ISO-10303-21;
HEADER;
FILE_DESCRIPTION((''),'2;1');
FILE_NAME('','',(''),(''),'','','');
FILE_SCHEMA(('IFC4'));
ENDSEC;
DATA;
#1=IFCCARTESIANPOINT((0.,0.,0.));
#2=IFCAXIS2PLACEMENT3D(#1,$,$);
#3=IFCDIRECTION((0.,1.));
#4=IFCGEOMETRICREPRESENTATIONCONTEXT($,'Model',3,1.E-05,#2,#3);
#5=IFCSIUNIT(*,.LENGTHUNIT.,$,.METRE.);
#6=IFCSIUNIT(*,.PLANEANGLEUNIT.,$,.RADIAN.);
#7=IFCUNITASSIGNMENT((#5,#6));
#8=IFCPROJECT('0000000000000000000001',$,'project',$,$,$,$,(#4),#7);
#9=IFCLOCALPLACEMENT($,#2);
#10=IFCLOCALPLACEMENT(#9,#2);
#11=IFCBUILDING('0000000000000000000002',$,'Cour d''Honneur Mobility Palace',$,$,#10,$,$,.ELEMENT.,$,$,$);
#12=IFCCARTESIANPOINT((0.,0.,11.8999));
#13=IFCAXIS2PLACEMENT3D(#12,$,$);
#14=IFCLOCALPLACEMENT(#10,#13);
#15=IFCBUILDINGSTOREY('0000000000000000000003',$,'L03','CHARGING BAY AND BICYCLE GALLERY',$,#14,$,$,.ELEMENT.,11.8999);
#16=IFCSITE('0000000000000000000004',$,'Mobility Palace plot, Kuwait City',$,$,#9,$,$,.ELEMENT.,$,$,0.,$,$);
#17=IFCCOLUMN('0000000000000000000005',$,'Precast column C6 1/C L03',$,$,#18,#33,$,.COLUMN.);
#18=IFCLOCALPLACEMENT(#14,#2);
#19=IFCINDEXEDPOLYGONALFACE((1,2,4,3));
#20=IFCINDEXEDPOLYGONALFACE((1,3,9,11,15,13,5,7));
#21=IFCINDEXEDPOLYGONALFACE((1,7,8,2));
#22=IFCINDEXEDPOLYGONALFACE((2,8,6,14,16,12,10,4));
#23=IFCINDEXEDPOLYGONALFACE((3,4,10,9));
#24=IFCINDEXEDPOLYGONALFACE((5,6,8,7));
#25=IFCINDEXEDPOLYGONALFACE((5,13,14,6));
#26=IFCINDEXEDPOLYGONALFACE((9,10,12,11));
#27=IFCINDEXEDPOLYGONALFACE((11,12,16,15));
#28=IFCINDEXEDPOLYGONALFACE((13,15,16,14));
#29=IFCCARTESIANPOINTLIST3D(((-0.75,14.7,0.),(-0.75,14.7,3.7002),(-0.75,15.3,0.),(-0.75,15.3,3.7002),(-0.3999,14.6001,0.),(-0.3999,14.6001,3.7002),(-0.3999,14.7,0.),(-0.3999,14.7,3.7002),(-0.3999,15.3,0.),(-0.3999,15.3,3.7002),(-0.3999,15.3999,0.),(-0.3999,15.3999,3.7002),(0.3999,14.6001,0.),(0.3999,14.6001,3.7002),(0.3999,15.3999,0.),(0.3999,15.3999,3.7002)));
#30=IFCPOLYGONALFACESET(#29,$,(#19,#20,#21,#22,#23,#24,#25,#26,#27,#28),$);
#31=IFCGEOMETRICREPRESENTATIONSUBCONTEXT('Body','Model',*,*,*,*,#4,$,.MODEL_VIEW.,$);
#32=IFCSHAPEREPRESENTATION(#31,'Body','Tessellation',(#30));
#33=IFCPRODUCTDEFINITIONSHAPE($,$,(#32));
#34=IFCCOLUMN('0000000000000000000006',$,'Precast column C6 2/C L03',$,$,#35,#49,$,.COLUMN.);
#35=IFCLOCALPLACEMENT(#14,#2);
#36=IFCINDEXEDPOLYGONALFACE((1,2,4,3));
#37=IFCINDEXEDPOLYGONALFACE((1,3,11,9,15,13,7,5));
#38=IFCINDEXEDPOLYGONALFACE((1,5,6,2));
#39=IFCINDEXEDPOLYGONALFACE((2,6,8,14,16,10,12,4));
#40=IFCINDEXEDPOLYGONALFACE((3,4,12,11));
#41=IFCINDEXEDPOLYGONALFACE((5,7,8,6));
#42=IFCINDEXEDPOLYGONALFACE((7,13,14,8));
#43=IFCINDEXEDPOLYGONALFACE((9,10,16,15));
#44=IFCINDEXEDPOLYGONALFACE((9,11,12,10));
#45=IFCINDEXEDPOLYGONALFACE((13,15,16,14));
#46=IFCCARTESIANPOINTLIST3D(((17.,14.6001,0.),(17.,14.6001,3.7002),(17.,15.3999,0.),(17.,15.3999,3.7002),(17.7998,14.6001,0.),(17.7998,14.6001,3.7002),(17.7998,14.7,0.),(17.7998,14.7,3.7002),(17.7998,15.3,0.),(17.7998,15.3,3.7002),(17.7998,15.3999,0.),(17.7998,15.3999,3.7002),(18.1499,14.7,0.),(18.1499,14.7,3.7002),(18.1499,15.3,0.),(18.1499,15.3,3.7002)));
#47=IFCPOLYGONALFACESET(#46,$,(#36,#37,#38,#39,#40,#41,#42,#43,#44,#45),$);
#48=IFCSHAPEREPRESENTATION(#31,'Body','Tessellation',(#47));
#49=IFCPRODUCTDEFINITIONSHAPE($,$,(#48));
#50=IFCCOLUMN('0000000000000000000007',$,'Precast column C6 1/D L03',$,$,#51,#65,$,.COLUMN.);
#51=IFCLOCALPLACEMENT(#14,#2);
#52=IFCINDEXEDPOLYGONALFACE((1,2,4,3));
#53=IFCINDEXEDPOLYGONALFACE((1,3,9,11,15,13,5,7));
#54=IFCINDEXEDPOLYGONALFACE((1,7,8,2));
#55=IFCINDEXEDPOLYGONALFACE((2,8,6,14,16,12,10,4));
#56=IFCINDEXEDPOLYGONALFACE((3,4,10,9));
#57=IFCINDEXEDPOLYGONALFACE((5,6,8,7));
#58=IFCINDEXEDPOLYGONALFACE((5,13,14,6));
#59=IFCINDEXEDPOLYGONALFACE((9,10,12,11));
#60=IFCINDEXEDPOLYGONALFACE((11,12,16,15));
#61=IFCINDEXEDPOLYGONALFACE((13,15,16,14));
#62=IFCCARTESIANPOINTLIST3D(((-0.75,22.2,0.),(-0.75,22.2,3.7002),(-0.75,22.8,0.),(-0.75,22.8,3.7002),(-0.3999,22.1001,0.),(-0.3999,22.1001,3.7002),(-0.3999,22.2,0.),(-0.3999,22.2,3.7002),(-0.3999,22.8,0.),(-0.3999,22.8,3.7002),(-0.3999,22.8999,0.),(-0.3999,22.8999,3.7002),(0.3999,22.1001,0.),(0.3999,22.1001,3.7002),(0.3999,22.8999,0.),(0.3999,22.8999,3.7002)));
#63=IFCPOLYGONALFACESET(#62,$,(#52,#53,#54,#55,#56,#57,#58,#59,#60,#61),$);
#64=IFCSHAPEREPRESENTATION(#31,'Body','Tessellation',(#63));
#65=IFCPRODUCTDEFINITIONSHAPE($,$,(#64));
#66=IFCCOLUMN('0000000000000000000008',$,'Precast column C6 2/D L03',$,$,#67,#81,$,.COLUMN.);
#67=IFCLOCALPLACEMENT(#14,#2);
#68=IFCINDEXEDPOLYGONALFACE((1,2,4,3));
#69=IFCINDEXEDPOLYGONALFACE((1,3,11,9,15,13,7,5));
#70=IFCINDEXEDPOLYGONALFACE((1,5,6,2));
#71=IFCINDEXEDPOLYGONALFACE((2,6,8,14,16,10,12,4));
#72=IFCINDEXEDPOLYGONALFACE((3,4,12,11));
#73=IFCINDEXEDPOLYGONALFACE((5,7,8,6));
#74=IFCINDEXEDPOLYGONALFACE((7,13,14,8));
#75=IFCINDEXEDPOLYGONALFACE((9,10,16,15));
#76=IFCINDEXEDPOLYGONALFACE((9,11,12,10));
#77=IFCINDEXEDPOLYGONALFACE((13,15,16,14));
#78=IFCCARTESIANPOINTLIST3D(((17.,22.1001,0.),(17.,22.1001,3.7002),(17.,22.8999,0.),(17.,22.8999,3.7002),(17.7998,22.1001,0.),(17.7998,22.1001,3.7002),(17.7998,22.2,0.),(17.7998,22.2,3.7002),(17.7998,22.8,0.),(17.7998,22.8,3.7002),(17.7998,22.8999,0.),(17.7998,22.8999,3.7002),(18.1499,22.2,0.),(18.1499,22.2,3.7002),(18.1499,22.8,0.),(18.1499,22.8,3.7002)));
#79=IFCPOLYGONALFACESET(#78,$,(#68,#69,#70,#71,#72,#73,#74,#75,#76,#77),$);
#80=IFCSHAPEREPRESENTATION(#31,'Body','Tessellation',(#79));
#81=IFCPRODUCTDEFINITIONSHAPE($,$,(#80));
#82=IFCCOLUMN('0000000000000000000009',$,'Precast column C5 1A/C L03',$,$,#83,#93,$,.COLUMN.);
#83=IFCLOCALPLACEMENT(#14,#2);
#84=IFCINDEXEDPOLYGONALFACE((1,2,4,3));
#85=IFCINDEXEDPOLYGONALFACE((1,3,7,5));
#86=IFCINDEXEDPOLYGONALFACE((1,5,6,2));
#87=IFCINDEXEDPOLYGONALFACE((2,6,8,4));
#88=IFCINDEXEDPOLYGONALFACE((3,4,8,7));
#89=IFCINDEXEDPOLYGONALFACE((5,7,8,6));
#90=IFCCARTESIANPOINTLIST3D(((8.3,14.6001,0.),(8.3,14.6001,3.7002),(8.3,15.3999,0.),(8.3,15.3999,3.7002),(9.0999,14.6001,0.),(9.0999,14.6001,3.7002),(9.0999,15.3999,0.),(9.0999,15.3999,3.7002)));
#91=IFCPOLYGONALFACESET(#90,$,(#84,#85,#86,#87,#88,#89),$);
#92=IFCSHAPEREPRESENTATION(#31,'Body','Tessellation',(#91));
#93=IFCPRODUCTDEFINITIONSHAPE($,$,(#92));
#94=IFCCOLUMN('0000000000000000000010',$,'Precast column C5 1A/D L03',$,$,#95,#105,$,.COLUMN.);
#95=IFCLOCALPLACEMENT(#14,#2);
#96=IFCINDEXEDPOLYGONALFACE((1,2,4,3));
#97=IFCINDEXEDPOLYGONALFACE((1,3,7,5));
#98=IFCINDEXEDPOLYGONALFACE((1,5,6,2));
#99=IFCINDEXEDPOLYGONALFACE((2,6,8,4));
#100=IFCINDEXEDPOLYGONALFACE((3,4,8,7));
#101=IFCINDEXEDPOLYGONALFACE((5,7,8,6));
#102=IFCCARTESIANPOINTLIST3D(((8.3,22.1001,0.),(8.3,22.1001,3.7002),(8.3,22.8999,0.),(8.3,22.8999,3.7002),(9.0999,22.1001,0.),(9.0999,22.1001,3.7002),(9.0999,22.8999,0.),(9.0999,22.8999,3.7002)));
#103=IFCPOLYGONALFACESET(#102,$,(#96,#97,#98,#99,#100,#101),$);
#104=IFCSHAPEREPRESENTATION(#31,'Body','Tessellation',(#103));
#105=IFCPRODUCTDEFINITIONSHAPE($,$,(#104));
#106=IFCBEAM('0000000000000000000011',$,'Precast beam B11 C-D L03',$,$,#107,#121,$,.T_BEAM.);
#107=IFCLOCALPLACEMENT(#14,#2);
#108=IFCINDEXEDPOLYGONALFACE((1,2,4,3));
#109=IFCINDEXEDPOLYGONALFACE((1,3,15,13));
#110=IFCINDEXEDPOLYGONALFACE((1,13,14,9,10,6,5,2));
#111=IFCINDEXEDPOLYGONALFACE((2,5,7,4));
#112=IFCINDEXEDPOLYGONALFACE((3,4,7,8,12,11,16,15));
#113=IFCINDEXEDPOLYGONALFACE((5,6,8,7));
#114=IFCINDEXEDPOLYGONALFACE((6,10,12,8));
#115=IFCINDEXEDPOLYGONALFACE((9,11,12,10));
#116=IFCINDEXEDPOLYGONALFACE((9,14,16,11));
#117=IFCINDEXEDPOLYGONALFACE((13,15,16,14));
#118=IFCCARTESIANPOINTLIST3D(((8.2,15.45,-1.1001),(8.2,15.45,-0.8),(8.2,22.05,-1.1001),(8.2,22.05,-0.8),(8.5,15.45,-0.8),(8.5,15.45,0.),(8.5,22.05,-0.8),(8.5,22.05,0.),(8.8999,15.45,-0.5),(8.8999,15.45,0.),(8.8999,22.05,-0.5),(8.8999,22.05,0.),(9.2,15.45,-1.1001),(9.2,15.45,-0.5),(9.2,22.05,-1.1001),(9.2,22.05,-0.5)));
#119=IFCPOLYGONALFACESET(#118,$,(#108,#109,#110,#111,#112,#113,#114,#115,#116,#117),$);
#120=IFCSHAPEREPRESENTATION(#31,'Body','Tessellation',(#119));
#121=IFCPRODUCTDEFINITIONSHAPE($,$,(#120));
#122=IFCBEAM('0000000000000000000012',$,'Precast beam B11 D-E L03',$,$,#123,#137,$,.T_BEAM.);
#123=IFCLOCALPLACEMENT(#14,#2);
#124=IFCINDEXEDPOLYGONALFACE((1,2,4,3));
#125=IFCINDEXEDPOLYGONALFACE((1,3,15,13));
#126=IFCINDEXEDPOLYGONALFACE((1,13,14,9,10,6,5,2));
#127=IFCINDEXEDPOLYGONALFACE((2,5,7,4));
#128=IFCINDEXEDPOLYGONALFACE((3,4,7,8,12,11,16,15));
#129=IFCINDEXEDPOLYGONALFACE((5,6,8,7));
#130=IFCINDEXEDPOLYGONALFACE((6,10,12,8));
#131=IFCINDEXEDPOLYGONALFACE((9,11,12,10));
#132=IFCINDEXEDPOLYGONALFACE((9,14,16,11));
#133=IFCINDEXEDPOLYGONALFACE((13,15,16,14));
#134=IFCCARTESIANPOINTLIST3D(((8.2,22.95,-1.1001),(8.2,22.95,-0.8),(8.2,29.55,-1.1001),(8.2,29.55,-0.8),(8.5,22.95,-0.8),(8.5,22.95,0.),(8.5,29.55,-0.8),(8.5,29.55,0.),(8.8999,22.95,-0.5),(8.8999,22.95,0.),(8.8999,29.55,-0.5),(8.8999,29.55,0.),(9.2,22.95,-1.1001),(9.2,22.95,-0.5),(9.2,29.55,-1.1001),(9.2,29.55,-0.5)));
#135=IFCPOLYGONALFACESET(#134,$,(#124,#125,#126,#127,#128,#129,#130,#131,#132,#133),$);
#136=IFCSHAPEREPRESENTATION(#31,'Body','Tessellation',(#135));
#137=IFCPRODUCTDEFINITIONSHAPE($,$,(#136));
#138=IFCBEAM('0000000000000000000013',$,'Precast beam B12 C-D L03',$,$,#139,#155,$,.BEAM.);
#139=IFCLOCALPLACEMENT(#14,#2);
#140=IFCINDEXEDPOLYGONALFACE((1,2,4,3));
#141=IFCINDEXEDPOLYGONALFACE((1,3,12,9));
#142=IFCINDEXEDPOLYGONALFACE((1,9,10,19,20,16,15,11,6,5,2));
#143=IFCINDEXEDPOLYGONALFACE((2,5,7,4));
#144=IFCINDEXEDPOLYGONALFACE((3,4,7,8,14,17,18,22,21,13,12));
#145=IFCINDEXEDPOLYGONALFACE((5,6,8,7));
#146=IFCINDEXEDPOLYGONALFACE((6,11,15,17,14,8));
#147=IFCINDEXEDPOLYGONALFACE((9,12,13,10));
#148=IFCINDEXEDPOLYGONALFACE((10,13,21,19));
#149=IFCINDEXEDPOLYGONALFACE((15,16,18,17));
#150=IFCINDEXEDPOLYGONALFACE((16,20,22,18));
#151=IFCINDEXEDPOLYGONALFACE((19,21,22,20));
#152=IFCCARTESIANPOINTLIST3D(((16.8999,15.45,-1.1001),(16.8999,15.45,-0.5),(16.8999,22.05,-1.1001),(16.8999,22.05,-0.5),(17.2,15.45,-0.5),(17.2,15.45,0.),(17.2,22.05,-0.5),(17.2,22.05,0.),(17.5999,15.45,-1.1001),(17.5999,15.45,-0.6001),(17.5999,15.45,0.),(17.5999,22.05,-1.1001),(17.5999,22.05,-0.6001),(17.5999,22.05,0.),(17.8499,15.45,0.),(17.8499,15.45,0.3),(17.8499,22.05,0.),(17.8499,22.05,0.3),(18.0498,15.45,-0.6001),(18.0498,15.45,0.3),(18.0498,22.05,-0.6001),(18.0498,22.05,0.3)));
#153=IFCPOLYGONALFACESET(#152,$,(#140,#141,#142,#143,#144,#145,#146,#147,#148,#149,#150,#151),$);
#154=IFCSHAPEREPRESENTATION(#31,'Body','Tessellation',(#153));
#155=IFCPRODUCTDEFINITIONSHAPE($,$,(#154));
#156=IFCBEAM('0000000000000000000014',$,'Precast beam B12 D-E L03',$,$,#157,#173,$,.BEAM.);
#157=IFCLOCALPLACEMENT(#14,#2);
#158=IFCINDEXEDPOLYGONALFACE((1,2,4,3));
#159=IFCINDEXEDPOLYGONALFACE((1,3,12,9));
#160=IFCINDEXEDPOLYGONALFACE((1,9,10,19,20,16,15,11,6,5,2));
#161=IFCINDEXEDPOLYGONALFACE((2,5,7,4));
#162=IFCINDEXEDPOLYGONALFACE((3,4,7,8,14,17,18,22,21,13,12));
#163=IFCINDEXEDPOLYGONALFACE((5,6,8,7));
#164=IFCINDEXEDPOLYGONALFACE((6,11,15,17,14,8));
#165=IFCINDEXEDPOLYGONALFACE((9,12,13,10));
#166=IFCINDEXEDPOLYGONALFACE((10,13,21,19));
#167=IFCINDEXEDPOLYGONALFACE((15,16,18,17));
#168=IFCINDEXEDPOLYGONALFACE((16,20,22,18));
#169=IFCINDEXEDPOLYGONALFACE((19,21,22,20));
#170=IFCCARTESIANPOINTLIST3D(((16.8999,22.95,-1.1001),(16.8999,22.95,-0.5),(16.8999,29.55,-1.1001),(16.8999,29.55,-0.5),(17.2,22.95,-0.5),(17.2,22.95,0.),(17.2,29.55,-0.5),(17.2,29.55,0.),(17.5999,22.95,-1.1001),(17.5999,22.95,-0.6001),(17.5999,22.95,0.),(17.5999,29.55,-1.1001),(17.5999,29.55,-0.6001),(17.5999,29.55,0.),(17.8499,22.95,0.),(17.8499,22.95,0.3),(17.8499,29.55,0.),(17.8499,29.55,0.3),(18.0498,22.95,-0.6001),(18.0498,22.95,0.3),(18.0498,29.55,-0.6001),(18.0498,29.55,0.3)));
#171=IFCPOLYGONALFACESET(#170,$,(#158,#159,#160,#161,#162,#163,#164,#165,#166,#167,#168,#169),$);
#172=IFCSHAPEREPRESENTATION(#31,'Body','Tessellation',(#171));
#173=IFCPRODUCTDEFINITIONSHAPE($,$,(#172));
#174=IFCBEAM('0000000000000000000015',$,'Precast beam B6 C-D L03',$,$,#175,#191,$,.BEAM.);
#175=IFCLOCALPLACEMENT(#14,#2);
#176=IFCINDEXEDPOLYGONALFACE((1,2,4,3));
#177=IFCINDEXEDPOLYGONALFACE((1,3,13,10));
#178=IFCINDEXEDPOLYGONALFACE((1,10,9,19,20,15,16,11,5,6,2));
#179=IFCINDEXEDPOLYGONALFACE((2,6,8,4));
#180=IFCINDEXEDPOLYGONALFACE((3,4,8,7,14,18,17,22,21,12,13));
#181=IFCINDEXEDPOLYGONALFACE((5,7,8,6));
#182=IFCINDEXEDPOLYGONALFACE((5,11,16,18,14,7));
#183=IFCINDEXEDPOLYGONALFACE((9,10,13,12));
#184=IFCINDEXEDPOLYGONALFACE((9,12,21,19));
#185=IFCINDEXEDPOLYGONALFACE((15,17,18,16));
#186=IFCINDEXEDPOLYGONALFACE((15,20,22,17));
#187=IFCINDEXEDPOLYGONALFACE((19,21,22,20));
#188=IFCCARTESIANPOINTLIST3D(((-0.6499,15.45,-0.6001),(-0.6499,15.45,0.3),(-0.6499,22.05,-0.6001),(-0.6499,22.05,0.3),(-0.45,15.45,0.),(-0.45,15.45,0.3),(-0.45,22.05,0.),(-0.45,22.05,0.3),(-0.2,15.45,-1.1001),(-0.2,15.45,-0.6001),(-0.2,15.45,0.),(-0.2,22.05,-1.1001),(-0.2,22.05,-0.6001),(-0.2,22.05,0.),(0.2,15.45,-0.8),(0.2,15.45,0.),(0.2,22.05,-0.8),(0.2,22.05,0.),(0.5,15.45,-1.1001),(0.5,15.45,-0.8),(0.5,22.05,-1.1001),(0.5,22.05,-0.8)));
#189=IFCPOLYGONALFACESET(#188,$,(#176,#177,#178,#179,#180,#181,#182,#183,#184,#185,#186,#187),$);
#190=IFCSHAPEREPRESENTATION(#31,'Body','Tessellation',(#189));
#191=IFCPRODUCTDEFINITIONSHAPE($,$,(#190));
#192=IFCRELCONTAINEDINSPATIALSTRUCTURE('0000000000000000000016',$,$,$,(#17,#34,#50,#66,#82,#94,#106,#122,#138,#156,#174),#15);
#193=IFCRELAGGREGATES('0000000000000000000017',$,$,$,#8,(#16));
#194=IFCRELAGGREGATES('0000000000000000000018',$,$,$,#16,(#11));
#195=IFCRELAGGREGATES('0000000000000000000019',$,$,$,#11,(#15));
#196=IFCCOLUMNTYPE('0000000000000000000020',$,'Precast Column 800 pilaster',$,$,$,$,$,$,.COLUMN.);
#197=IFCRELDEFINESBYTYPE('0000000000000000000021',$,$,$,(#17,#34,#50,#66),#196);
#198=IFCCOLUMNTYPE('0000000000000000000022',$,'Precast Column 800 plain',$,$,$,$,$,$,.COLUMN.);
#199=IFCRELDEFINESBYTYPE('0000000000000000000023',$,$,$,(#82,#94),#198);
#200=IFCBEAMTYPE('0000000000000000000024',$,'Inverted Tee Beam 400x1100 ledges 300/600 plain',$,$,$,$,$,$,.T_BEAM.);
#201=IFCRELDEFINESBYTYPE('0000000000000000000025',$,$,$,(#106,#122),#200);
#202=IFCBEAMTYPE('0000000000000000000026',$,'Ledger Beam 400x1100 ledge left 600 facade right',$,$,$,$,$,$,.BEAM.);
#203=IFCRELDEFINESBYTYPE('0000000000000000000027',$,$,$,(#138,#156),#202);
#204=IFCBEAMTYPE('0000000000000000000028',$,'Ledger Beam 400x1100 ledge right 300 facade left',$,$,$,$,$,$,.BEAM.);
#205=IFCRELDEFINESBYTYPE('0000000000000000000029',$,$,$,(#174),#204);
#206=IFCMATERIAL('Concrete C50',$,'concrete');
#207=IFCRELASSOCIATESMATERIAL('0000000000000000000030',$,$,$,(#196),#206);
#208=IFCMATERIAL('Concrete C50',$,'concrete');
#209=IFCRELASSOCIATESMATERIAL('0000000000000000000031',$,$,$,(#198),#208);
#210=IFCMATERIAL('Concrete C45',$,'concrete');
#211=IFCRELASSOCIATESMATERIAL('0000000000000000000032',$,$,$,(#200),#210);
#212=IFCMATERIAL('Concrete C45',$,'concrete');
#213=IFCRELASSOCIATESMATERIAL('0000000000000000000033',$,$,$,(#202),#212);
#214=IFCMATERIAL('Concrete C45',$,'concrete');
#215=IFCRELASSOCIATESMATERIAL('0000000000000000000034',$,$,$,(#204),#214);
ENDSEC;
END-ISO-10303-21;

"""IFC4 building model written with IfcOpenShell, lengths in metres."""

from ifc_helpers import new_model, si_unit, direction, frame, origin, place, context, subcontext, project, spatial, polyline, outline, extrude, material, material_profile, profile_set, type_object, element, save


model = new_model("IFC4")

# Units and contexts
model_context = context("Model", 3, precision=1e-05, world=origin(), true_north=direction((0.0, 1.0)))
body_context = subcontext(model_context, "Body", "Model", "MODEL_VIEW")
ifc_project = project(units=[si_unit("LENGTHUNIT", "METRE"), si_unit("PLANEANGLEUNIT", "RADIAN")], contexts=[model_context])

# Site, building, storey
site_placement = place(None, origin())
site = spatial("IfcSite", under=ifc_project, at=site_placement, Name="Mobility Palace plot, Kuwait City", CompositionType="ELEMENT", RefElevation=0.0)
building_placement = place(site_placement, origin())
building = spatial("IfcBuilding", under=site, at=building_placement, Name="Cour d'Honneur Mobility Palace", CompositionType="ELEMENT")
storey_placement = place(building_placement, frame((0.0, 0.0, 11.8999)))
storey = spatial("IfcBuildingStorey", under=building, at=storey_placement, Name="L03", Description="CHARGING BAY AND BICYCLE GALLERY", CompositionType="ELEMENT", Elevation=11.8999)

# Columns
ifc_material_1 = material(Name="Concrete C50", Category="concrete")
ifc_material_profile_1 = material_profile(ifc_material_1, outline(polyline([(-0.3999, -0.3999), (0.3999, -0.3999), (0.3999, -0.3), (0.75, -0.3), (0.75, 0.3), (0.3999, 0.3), (0.3999, 0.3999), (-0.3999, 0.3999), (-0.3999, -0.3999)])), Name="PC C800 pilaster")
ifc_profile_set_1 = profile_set([ifc_material_profile_1], Name="Concrete C50")
column_type_1 = type_object("IfcColumnType", Name="Precast Column 800 pilaster", PredefinedType="COLUMN", material=ifc_profile_set_1)
for number, where, z_axis, x_axis, name in (
    (1, (0.0, 15.0, 0.0), (0.0, 0.0, 1.0), (-1.0, 0.0, 0.0), "Precast column C6 1/C L03"),
    (2, (17.3999, 15.0, 0.0), (0.0, 0.0, 1.0), (1.0, 0.0, 0.0), "Precast column C6 2/C L03"),
    (3, (0.0, 22.5, 0.0), (0.0, 0.0, 1.0), (-1.0, 0.0, 0.0), "Precast column C6 1/D L03"),
    (4, (17.3999, 22.5, 0.0), (0.0, 0.0, 1.0), (1.0, 0.0, 0.0), "Precast column C6 2/D L03"),
):
    element("IfcColumn", number, at=place(storey_placement, frame(where, z_axis=z_axis, x_axis=x_axis)), inside=storey, type_object=column_type_1, Name=name, PredefinedType="COLUMN", context=body_context, shape_type="SweptSolid", body=[
        extrude(outline(polyline([(-0.3999, -0.3999), (0.3999, -0.3999), (0.3999, -0.3), (0.75, -0.3), (0.75, 0.3), (0.3999, 0.3), (0.3999, 0.3999), (-0.3999, 0.3999), (-0.3999, -0.3999)])), origin(), (0.0, 0.0, 1.0), 3.7002),
    ])
ifc_material_2 = material(Name="Concrete C50", Category="concrete")
ifc_material_profile_2 = material_profile(ifc_material_2, outline(polyline([(-0.3999, -0.3999), (0.3999, -0.3999), (0.3999, 0.3999), (-0.3999, 0.3999), (-0.3999, -0.3999)])), Name="PC C800 plain")
ifc_profile_set_2 = profile_set([ifc_material_profile_2], Name="Concrete C50")
column_type_2 = type_object("IfcColumnType", Name="Precast Column 800 plain", PredefinedType="COLUMN", material=ifc_profile_set_2)
for number, where, z_axis, x_axis, name in (
    (5, (8.7, 15.0, 0.0), (0.0, 0.0, 1.0), (1.0, 0.0, 0.0), "Precast column C5 1A/C L03"),
    (6, (8.7, 22.5, 0.0), (0.0, 0.0, 1.0), (1.0, 0.0, 0.0), "Precast column C5 1A/D L03"),
):
    element("IfcColumn", number, at=place(storey_placement, frame(where, z_axis=z_axis, x_axis=x_axis)), inside=storey, type_object=column_type_2, Name=name, PredefinedType="COLUMN", context=body_context, shape_type="SweptSolid", body=[
        extrude(outline(polyline([(-0.3999, -0.3999), (0.3999, -0.3999), (0.3999, 0.3999), (-0.3999, 0.3999), (-0.3999, -0.3999)])), origin(), (0.0, 0.0, 1.0), 3.7002),
    ])

# Beams
ifc_material_3 = material(Name="Concrete C45", Category="concrete")
ifc_material_profile_3 = material_profile(ifc_material_3, outline(polyline([(0.5, -1.1001), (0.5, -0.8), (0.2, -0.8), (0.2, 0.0), (-0.2, 0.0), (-0.2, -0.5), (-0.5, -0.5), (-0.5, -1.1001), (0.5, -1.1001)])), Name="Inverted Tee Beam 400x1100 ledges 300/600 plain")
ifc_profile_set_3 = profile_set([ifc_material_profile_3], Name="Concrete C45")
beam_type_1 = type_object("IfcBeamType", Name="Inverted Tee Beam 400x1100 ledges 300/600 plain", PredefinedType="T_BEAM", material=ifc_profile_set_3)
for number, where, z_axis, x_axis, name in (
    (7, (8.7, 15.45, 0.0), (0.0, 1.0, 0.0), (-1.0, 0.0, 0.0), "Precast beam B11 C-D L03"),
    (8, (8.7, 22.95, 0.0), (0.0, 1.0, 0.0), (-1.0, 0.0, 0.0), "Precast beam B11 D-E L03"),
):
    element("IfcBeam", number, at=place(storey_placement, frame(where, z_axis=z_axis, x_axis=x_axis)), inside=storey, type_object=beam_type_1, Name=name, PredefinedType="T_BEAM", context=body_context, shape_type="SweptSolid", body=[
        extrude(outline(polyline([(0.5, -1.1001), (0.5, -0.8), (0.2, -0.8), (0.2, 0.0), (-0.2, 0.0), (-0.2, -0.5), (-0.5, -0.5), (-0.5, -1.1001), (0.5, -1.1001)])), origin(), (0.0, 0.0, 1.0), 6.6001),
    ])
ifc_material_4 = material(Name="Concrete C45", Category="concrete")
ifc_material_profile_4 = material_profile(ifc_material_4, outline(polyline([(0.5, -1.1001), (0.5, -0.5), (0.2, -0.5), (0.2, 0.0), (-0.2, 0.0), (-0.45, 0.0), (-0.45, 0.3), (-0.6499, 0.3), (-0.6499, -0.6001), (-0.2, -0.6001), (-0.2, -1.1001), (0.5, -1.1001)])), Name="Ledger Beam 400x1100 ledge left 600 facade right")
ifc_profile_set_4 = profile_set([ifc_material_profile_4], Name="Concrete C45")
beam_type_2 = type_object("IfcBeamType", Name="Ledger Beam 400x1100 ledge left 600 facade right", PredefinedType="BEAM", material=ifc_profile_set_4)
for number, where, z_axis, x_axis, name in (
    (9, (17.3999, 15.45, 0.0), (0.0, 1.0, 0.0), (-1.0, 0.0, 0.0), "Precast beam B12 C-D L03"),
    (10, (17.3999, 22.95, 0.0), (0.0, 1.0, 0.0), (-1.0, 0.0, 0.0), "Precast beam B12 D-E L03"),
):
    element("IfcBeam", number, at=place(storey_placement, frame(where, z_axis=z_axis, x_axis=x_axis)), inside=storey, type_object=beam_type_2, Name=name, PredefinedType="BEAM", context=body_context, shape_type="SweptSolid", body=[
        extrude(outline(polyline([(0.5, -1.1001), (0.5, -0.5), (0.2, -0.5), (0.2, 0.0), (-0.2, 0.0), (-0.45, 0.0), (-0.45, 0.3), (-0.6499, 0.3), (-0.6499, -0.6001), (-0.2, -0.6001), (-0.2, -1.1001), (0.5, -1.1001)])), origin(), (0.0, 0.0, 1.0), 6.6001),
    ])
ifc_material_5 = material(Name="Concrete C45", Category="concrete")
ifc_material_profile_5 = material_profile(ifc_material_5, outline(polyline([(0.2, -1.1001), (0.2, -0.6001), (0.6499, -0.6001), (0.6499, 0.3), (0.45, 0.3), (0.45, 0.0), (0.2, 0.0), (-0.2, 0.0), (-0.2, -0.8), (-0.5, -0.8), (-0.5, -1.1001), (0.2, -1.1001)])), Name="Ledger Beam 400x1100 ledge right 300 facade left")
ifc_profile_set_5 = profile_set([ifc_material_profile_5], Name="Concrete C45")
beam_type_3 = type_object("IfcBeamType", Name="Ledger Beam 400x1100 ledge right 300 facade left", PredefinedType="BEAM", material=ifc_profile_set_5)
for number, where, z_axis, x_axis, name in (
    (11, (0.0, 15.45, 0.0), (0.0, 1.0, 0.0), (-1.0, 0.0, 0.0), "Precast beam B6 C-D L03"),
):
    element("IfcBeam", number, at=place(storey_placement, frame(where, z_axis=z_axis, x_axis=x_axis)), inside=storey, type_object=beam_type_3, Name=name, PredefinedType="BEAM", context=body_context, shape_type="SweptSolid", body=[
        extrude(outline(polyline([(0.2, -1.1001), (0.2, -0.6001), (0.6499, -0.6001), (0.6499, 0.3), (0.45, 0.3), (0.45, 0.0), (0.2, 0.0), (-0.2, 0.0), (-0.2, -0.8), (-0.5, -0.8), (-0.5, -1.1001), (0.2, -1.1001)])), origin(), (0.0, 0.0, 1.0), 6.6001),
    ])

save(model, "model.ifc")
